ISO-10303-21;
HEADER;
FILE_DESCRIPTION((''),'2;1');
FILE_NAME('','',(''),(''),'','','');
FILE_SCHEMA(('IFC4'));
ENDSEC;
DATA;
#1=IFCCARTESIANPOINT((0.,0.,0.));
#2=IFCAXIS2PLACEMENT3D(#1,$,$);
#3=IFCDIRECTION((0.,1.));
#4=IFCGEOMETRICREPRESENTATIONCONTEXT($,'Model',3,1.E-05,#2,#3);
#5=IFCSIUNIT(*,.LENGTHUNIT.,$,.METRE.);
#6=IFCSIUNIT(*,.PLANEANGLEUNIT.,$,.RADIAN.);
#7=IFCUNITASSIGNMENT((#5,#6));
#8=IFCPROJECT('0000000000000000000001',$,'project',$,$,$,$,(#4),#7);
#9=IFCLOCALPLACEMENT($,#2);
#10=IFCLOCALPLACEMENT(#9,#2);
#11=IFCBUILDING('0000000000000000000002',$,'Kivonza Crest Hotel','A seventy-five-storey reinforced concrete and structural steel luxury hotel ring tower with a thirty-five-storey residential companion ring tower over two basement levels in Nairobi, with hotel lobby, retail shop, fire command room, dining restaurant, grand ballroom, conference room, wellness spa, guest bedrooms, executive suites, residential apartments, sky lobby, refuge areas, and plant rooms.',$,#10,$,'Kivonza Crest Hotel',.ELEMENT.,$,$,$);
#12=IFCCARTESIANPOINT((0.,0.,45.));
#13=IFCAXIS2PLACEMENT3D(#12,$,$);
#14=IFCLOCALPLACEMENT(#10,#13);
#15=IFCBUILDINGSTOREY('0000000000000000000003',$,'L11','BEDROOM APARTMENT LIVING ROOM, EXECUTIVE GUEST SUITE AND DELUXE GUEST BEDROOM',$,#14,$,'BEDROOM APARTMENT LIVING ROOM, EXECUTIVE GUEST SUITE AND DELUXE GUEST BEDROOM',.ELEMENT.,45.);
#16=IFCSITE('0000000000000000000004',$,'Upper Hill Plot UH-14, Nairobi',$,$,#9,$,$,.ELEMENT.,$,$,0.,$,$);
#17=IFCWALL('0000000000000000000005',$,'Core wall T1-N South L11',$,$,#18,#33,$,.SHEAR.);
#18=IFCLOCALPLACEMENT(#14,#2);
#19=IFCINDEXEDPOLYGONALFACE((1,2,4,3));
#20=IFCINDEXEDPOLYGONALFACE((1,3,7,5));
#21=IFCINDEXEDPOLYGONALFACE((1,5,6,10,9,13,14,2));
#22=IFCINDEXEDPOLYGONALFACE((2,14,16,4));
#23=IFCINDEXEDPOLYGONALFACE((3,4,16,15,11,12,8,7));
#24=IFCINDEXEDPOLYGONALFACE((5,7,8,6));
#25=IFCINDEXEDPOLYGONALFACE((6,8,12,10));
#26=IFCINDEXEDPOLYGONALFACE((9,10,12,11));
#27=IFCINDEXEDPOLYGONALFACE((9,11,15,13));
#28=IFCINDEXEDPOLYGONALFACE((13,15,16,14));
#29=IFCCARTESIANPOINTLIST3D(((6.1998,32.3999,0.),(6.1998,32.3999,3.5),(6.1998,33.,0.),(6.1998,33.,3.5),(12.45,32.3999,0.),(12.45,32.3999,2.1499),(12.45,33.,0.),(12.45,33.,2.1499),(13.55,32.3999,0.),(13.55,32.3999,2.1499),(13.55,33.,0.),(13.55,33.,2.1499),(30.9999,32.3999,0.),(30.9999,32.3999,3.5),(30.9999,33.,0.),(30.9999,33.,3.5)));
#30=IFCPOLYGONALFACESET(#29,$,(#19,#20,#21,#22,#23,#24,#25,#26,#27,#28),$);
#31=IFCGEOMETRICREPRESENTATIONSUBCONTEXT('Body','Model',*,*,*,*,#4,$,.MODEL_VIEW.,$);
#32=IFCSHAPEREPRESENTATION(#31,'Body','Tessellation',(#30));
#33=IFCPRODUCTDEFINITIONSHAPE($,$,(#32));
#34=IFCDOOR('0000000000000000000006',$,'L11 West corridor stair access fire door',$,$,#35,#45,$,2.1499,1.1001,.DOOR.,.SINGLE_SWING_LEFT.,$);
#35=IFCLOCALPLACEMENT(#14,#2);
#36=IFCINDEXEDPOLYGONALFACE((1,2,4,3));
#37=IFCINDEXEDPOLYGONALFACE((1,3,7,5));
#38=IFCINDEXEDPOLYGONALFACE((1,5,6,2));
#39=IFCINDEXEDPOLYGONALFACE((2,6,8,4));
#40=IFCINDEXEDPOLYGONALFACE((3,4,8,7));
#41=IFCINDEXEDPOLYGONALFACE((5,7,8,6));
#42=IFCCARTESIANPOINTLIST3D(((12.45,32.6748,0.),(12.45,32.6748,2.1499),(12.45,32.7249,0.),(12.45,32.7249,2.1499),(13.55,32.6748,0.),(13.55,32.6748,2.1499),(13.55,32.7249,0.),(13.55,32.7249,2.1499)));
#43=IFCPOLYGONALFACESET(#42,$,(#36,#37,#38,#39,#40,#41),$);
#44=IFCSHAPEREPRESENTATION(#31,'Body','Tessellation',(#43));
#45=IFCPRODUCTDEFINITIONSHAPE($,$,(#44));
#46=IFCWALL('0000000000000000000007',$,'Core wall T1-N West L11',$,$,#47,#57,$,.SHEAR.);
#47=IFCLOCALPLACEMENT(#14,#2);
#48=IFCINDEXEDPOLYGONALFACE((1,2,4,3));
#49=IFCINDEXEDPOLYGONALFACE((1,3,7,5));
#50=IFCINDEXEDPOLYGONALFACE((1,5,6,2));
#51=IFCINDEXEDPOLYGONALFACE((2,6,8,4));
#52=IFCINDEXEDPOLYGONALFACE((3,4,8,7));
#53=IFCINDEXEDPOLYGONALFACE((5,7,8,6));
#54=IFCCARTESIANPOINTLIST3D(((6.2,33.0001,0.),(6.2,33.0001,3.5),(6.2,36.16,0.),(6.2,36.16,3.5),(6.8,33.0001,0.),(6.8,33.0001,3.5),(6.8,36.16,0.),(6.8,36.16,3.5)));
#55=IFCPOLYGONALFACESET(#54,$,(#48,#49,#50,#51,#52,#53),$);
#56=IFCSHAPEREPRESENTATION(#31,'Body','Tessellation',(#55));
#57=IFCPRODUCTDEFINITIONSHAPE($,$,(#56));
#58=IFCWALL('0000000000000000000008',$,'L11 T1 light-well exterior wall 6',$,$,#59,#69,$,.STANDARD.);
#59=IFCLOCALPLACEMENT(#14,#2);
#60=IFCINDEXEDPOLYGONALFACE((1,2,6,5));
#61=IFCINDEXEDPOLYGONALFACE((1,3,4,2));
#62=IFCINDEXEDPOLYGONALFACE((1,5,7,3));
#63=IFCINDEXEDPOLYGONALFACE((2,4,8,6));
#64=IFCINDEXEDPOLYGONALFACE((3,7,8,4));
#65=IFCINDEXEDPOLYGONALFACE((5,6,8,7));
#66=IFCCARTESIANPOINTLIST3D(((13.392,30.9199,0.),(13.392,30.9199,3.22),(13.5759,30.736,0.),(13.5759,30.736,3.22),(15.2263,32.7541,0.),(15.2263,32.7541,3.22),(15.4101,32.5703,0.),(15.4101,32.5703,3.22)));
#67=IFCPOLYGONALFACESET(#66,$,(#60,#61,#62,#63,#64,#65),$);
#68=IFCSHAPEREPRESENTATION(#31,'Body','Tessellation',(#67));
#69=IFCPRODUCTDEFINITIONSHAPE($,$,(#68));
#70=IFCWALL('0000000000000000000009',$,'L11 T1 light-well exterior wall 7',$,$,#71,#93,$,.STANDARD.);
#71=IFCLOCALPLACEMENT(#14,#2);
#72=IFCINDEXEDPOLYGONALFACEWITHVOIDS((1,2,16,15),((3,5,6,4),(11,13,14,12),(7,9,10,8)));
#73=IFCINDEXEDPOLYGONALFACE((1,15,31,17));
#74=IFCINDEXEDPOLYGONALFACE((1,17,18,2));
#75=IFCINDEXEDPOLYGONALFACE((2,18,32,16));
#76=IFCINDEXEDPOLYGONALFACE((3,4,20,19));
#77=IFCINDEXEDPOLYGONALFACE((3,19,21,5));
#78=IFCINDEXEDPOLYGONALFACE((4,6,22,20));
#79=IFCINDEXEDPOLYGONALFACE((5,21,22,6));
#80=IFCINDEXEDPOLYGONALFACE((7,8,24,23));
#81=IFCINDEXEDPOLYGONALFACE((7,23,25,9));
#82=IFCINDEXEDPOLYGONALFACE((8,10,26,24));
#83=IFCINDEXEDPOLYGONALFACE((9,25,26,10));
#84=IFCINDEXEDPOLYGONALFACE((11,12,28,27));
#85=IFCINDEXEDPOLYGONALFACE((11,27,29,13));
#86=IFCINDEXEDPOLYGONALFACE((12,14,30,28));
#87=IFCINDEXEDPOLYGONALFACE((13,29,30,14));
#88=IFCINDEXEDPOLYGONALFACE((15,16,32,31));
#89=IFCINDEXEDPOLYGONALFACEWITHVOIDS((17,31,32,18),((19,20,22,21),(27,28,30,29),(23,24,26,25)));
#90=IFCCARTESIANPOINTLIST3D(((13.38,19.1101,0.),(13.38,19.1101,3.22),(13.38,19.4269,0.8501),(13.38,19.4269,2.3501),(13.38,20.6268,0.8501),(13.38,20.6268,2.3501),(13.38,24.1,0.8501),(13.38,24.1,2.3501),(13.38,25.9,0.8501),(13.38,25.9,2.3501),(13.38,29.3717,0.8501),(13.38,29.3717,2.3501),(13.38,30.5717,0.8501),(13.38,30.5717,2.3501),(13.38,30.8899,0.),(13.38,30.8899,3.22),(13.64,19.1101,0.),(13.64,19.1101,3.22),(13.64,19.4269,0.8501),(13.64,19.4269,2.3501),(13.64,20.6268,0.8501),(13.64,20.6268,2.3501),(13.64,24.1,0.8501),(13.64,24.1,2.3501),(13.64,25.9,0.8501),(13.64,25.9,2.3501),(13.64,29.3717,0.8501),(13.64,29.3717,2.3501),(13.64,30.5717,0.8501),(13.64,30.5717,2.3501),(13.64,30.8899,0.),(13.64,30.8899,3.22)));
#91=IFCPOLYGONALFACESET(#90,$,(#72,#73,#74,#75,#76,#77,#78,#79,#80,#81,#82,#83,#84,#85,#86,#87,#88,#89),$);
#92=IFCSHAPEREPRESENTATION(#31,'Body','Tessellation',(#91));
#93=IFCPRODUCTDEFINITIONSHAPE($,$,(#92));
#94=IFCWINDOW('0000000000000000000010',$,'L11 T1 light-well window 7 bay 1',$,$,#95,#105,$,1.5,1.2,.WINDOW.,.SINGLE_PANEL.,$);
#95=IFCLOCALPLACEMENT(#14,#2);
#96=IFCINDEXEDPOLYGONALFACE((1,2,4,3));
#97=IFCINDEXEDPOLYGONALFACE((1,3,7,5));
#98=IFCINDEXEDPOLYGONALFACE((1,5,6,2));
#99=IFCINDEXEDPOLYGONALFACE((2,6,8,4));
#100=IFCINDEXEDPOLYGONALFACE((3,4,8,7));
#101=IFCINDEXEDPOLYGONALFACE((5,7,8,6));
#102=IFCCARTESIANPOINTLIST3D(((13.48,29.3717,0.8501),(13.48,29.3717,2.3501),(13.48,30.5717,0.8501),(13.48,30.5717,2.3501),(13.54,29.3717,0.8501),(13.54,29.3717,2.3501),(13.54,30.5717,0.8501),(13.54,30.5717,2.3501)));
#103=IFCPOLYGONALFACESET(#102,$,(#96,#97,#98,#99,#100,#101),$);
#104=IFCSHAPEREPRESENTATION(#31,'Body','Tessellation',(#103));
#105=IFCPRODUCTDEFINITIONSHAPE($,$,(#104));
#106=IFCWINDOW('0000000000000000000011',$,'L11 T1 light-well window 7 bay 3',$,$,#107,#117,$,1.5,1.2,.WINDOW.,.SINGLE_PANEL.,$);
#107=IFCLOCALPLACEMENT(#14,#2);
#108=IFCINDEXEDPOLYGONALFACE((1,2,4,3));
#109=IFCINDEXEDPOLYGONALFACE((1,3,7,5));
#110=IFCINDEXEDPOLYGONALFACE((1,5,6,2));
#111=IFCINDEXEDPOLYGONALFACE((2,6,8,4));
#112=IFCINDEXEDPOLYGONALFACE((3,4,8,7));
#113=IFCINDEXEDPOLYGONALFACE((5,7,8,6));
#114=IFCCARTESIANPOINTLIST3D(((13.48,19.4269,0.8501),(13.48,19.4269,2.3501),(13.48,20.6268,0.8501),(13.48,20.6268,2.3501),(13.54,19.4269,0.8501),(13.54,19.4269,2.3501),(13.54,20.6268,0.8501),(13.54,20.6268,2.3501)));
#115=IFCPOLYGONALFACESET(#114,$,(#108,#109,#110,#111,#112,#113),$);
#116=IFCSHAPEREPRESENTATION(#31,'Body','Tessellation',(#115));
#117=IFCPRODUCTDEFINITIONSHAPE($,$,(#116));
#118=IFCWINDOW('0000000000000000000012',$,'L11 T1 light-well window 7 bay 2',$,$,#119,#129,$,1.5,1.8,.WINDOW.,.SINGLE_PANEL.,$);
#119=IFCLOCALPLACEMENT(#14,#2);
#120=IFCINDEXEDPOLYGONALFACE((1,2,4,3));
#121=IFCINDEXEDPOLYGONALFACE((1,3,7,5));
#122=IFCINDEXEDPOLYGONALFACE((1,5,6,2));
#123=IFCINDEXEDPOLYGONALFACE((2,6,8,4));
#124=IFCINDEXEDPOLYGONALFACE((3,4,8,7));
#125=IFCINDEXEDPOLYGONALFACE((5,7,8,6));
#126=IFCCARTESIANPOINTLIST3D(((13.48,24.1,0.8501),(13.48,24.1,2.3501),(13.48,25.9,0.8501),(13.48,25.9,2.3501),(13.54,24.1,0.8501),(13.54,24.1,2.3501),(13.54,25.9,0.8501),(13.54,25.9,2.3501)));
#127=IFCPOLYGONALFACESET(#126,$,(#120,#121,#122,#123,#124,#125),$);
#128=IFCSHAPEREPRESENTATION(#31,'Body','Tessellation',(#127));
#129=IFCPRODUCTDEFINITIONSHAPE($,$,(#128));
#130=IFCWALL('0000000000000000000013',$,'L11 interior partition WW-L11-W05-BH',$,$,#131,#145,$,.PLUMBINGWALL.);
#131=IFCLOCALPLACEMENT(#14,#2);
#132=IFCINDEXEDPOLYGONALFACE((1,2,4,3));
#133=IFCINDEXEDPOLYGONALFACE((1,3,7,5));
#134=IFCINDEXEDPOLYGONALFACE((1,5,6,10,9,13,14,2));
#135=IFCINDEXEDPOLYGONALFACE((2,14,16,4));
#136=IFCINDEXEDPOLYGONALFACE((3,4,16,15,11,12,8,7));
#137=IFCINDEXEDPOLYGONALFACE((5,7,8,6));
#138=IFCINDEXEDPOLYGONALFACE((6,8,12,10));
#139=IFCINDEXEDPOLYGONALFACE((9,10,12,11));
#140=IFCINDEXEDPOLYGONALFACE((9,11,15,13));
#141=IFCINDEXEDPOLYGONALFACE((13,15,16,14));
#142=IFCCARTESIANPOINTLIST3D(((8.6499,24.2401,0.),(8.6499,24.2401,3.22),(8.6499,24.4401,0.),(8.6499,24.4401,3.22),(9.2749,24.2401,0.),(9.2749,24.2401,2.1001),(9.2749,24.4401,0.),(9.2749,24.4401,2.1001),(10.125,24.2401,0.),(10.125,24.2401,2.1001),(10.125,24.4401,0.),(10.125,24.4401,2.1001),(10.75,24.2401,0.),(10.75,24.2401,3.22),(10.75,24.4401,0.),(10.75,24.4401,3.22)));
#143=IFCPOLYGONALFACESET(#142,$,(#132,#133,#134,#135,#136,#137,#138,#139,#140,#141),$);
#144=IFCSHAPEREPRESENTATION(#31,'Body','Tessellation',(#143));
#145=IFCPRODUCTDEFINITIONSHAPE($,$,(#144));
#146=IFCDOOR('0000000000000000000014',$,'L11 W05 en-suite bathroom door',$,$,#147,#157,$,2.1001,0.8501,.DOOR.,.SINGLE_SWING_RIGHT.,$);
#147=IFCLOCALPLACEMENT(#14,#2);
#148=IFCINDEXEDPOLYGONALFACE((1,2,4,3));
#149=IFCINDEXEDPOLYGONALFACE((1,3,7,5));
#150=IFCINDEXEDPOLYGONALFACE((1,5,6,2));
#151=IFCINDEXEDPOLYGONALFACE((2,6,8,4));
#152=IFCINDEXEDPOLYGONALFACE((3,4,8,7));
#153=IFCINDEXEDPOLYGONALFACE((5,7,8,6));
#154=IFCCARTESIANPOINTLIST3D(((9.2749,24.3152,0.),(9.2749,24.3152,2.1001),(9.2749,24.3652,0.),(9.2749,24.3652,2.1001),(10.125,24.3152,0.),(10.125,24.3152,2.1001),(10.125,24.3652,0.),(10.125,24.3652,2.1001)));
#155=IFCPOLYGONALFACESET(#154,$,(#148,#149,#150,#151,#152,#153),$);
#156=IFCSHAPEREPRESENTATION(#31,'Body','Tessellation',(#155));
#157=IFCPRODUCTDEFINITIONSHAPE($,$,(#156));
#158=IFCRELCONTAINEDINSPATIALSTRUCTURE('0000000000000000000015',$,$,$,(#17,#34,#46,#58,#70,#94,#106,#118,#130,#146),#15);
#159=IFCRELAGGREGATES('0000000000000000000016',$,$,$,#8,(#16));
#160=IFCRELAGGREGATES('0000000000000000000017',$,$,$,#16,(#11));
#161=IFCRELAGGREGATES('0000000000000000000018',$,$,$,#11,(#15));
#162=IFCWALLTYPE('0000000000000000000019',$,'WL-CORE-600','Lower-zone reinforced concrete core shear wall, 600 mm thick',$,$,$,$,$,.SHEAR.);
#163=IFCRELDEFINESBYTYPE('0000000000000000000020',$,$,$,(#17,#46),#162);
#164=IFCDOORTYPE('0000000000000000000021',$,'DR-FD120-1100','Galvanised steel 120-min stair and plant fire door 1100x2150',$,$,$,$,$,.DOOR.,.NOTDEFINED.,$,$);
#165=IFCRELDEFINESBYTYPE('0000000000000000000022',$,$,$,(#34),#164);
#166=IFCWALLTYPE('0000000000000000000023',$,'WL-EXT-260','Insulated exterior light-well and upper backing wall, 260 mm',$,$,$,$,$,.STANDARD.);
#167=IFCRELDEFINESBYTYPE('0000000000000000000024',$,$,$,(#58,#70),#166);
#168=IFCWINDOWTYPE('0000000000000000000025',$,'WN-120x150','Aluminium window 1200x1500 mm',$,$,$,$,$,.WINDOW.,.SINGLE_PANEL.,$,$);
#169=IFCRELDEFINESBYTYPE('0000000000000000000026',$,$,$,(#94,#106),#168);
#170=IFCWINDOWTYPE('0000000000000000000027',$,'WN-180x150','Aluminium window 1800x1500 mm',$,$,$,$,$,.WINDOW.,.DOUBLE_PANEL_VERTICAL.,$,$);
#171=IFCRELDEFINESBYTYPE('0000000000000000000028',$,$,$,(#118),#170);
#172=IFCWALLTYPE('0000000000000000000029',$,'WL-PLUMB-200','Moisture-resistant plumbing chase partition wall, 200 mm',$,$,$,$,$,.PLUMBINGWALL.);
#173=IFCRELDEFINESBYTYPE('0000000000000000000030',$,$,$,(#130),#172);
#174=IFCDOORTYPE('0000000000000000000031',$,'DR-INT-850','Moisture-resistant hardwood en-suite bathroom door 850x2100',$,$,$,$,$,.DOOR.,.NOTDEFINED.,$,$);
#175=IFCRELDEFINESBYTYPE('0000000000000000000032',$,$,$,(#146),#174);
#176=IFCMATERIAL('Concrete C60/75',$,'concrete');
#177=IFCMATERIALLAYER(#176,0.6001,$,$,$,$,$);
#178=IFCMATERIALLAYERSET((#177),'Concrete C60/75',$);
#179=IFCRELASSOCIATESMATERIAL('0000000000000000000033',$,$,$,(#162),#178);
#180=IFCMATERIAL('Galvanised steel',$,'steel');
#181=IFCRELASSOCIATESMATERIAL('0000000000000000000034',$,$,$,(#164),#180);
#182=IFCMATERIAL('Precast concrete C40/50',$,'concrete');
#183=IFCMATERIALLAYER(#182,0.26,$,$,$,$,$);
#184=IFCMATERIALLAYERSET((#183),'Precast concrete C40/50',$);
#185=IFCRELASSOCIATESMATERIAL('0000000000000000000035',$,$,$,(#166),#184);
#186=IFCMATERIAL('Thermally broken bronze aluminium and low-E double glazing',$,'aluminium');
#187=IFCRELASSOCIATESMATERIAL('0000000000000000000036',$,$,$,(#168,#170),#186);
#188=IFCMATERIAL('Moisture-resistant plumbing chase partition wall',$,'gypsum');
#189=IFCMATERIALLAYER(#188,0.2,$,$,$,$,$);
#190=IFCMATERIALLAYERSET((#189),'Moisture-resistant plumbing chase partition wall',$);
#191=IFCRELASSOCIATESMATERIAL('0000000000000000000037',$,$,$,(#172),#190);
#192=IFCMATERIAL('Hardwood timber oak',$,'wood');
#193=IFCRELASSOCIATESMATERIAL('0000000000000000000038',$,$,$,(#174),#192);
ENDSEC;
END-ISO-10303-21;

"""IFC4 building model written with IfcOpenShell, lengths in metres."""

from ifc_helpers import new_model, si_unit, direction, frame, frame_2d, origin, place, context, subcontext, project, spatial, rectangle, extrude, material, layer, layer_set, type_object, element, fill, save


model = new_model("IFC4")

# Units and contexts
model_context = context("Model", 3, precision=1e-05, world=origin(), true_north=direction((0.0, 1.0)))
body_context = subcontext(model_context, "Body", "Model", "MODEL_VIEW")
ifc_project = project(units=[si_unit("LENGTHUNIT", "METRE"), si_unit("PLANEANGLEUNIT", "RADIAN")], contexts=[model_context])

# Site, building, storey
site_placement = place(None, origin())
site = spatial("IfcSite", under=ifc_project, at=site_placement, Name="Upper Hill Plot UH-14, Nairobi", CompositionType="ELEMENT", RefElevation=0.0)
building_placement = place(site_placement, origin())
building = spatial("IfcBuilding", under=site, at=building_placement, Name="Kivonza Crest Hotel", Description="A seventy-five-storey reinforced concrete and structural steel luxury hotel ring tower with a thirty-five-storey residential companion ring tower over two basement levels in Nairobi, with hotel lobby, retail shop, fire command room, dining restaurant, grand ballroom, conference room, wellness spa, guest bedrooms, executive suites, residential apartments, sky lobby, refuge areas, and plant rooms.", LongName="Kivonza Crest Hotel", CompositionType="ELEMENT")
storey_placement = place(building_placement, frame((0.0, 0.0, 45.0)))
storey = spatial("IfcBuildingStorey", under=building, at=storey_placement, Name="L11", Description="BEDROOM APARTMENT LIVING ROOM, EXECUTIVE GUEST SUITE AND DELUXE GUEST BEDROOM", LongName="BEDROOM APARTMENT LIVING ROOM, EXECUTIVE GUEST SUITE AND DELUXE GUEST BEDROOM", CompositionType="ELEMENT", Elevation=45.0)

# Shared definitions
ifc_material_1 = material(Name="Concrete C60/75", Category="concrete")

# Wall, opening, door
ifc_material_2 = material(Name="Hardwood timber oak", Category="wood")
ifc_layer_1 = layer(ifc_material_1, 0.6001)
ifc_layer_set_1 = layer_set([ifc_layer_1], Name="Concrete C60/75")
wall_type_1 = type_object("IfcWallType", Name="WL-CORE-600", Description="Lower-zone reinforced concrete core shear wall, 600 mm thick", PredefinedType="SHEAR", material=ifc_layer_set_1)
wall_1_placement = place(storey_placement, frame((6.2, 32.7, 0.0), z_axis=(0.0, 0.0, 1.0), x_axis=(1.0, 0.0, 0.0)))
wall_1 = element("IfcWall", 1, at=wall_1_placement, inside=storey, type_object=wall_type_1, Name="Core wall T1-N South L11", PredefinedType="SHEAR", context=body_context, shape_type="SweptSolid", body=[
    extrude(rectangle(XDim=24.8, YDim=0.6001, at=frame_2d((12.3999, 0.0))), origin(), (0.0, 0.0, 1.0), 3.5),
])
opening_1_placement = place(wall_1_placement, frame((6.25, 0.0, 0.0)))
opening_1 = element("IfcOpeningElement", 2, at=opening_1_placement, cuts=wall_1, PredefinedType="OPENING", context=body_context, shape_type="SweptSolid", body=[
    extrude(rectangle(XDim=1.1001, YDim=2.1499, at=frame_2d((0.55, 1.075))), frame((0.0, 0.3101, 0.0), z_axis=(0.0, -1.0, 0.0), x_axis=(1.0, 0.0, 0.0)), (0.0, 0.0, 1.0), 0.6201),
])
ifc_material_3 = material(Name="Galvanised steel", Category="steel")
door_type_1 = type_object("IfcDoorType", Name="DR-FD120-1100", Description="Galvanised steel 120-min stair and plant fire door 1100x2150", OperationType="NOTDEFINED", PredefinedType="DOOR", material=ifc_material_3)
door_1_placement = place(opening_1_placement, origin())
door_1 = element("IfcDoor", 3, at=door_1_placement, inside=storey, type_object=door_type_1, Name="L11 West corridor stair access fire door", OperationType="SINGLE_SWING_LEFT", OverallHeight=2.1499, OverallWidth=1.1001, PredefinedType="DOOR", context=body_context, shape_type="SweptSolid", body=[
    extrude(rectangle(XDim=1.1001, YDim=2.1499, at=frame_2d((0.55, 1.075))), frame((0.0, 0.0249, 0.0), z_axis=(0.0, -1.0, 0.0), x_axis=(1.0, 0.0, 0.0)), (0.0, 0.0, 1.0), 0.05),
])
fill(opening_1, door_1)

# Walls
wall_2_placement = place(storey_placement, frame((6.5, 33.0, 0.0), z_axis=(0.0, 0.0, 1.0), x_axis=(0.0, 1.0, 0.0)))
element("IfcWall", 4, at=wall_2_placement, inside=storey, type_object=wall_type_1, Name="Core wall T1-N West L11", PredefinedType="SHEAR", context=body_context, shape_type="SweptSolid", body=[
    extrude(rectangle(XDim=3.1599, YDim=0.6001, at=frame_2d((1.5801, 0.0))), origin(), (0.0, 0.0, 1.0), 3.5),
])
ifc_material_4 = material(Name="Precast concrete C40/50", Category="concrete")
ifc_layer_2 = layer(ifc_material_4, 0.26)
ifc_layer_set_2 = layer_set([ifc_layer_2], Name="Precast concrete C40/50")
wall_type_2 = type_object("IfcWallType", Name="WL-EXT-260", Description="Insulated exterior light-well and upper backing wall, 260 mm", PredefinedType="STANDARD", material=ifc_layer_set_2)
wall_3_placement = place(storey_placement, frame((15.3181, 32.6621, 0.0), z_axis=(0.0, 0.0, 1.0), x_axis=(-0.707107, -0.707107, 0.0)))
element("IfcWall", 5, at=wall_3_placement, inside=storey, type_object=wall_type_2, Name="L11 T1 light-well exterior wall 6", PredefinedType="STANDARD", context=body_context, shape_type="SweptSolid", body=[
    extrude(rectangle(XDim=2.594, YDim=0.26, at=frame_2d((1.2969, 0.0))), origin(), (0.0, 0.0, 1.0), 3.22),
])

# Wall, openings, windows
wall_4_placement = place(storey_placement, frame((13.51, 30.8899, 0.0), z_axis=(0.0, 0.0, 1.0), x_axis=(0.0, -1.0, 0.0)))
wall_4 = element("IfcWall", 6, at=wall_4_placement, inside=storey, type_object=wall_type_2, Name="L11 T1 light-well exterior wall 7", PredefinedType="STANDARD", context=body_context, shape_type="SweptSolid", body=[
    extrude(rectangle(XDim=11.7798, YDim=0.26, at=frame_2d((5.8899, 0.0))), origin(), (0.0, 0.0, 1.0), 3.22),
])
opening_2_placement = place(wall_4_placement, frame((0.3181, 0.0, 0.8501)))
opening_2 = element("IfcOpeningElement", 7, at=opening_2_placement, cuts=wall_4, PredefinedType="OPENING", context=body_context, shape_type="SweptSolid", body=[
    extrude(rectangle(XDim=1.2, YDim=1.5, at=frame_2d((0.6001, 0.75))), frame((0.0, 0.1401, 0.0), z_axis=(0.0, -1.0, 0.0), x_axis=(1.0, 0.0, 0.0)), (0.0, 0.0, 1.0), 0.28),
])
opening_3_placement = place(wall_4_placement, frame((4.99, 0.0, 0.8501)))
opening_3 = element("IfcOpeningElement", 8, at=opening_3_placement, cuts=wall_4, PredefinedType="OPENING", context=body_context, shape_type="SweptSolid", body=[
    extrude(rectangle(XDim=1.8, YDim=1.5, at=frame_2d((0.8999, 0.75))), frame((0.0, 0.1401, 0.0), z_axis=(0.0, -1.0, 0.0), x_axis=(1.0, 0.0, 0.0)), (0.0, 0.0, 1.0), 0.28),
])
opening_4_placement = place(wall_4_placement, frame((10.2629, 0.0, 0.8501)))
opening_4 = element("IfcOpeningElement", 9, at=opening_4_placement, cuts=wall_4, PredefinedType="OPENING", context=body_context, shape_type="SweptSolid", body=[
    extrude(rectangle(XDim=1.2, YDim=1.5, at=frame_2d((0.6001, 0.75))), frame((0.0, 0.1401, 0.0), z_axis=(0.0, -1.0, 0.0), x_axis=(1.0, 0.0, 0.0)), (0.0, 0.0, 1.0), 0.28),
])
ifc_material_5 = material(Name="Thermally broken bronze aluminium and low-E double glazing", Category="aluminium")
window_type_1 = type_object("IfcWindowType", Name="WN-120x150", Description="Aluminium window 1200x1500 mm", PartitioningType="SINGLE_PANEL", PredefinedType="WINDOW", material=ifc_material_5)
window_1_placement = place(opening_2_placement, origin())
window_1 = element("IfcWindow", 10, at=window_1_placement, inside=storey, type_object=window_type_1, Name="L11 T1 light-well window 7 bay 1", OverallHeight=1.5, OverallWidth=1.2, PartitioningType="SINGLE_PANEL", PredefinedType="WINDOW", context=body_context, shape_type="SweptSolid", body=[
    extrude(rectangle(XDim=1.2, YDim=1.5, at=frame_2d((0.6001, 0.75))), frame((0.0, 0.03, 0.0), z_axis=(0.0, -1.0, 0.0), x_axis=(1.0, 0.0, 0.0)), (0.0, 0.0, 1.0), 0.0601),
])
fill(opening_2, window_1)
window_2_placement = place(opening_4_placement, origin())
window_2 = element("IfcWindow", 11, at=window_2_placement, inside=storey, type_object=window_type_1, Name="L11 T1 light-well window 7 bay 3", OverallHeight=1.5, OverallWidth=1.2, PartitioningType="SINGLE_PANEL", PredefinedType="WINDOW", context=body_context, shape_type="SweptSolid", body=[
    extrude(rectangle(XDim=1.2, YDim=1.5, at=frame_2d((0.6001, 0.75))), frame((0.0, 0.03, 0.0), z_axis=(0.0, -1.0, 0.0), x_axis=(1.0, 0.0, 0.0)), (0.0, 0.0, 1.0), 0.0601),
])
fill(opening_4, window_2)
window_type_2 = type_object("IfcWindowType", Name="WN-180x150", Description="Aluminium window 1800x1500 mm", PartitioningType="DOUBLE_PANEL_VERTICAL", PredefinedType="WINDOW", material=ifc_material_5)
window_3_placement = place(opening_3_placement, origin())
window_3 = element("IfcWindow", 12, at=window_3_placement, inside=storey, type_object=window_type_2, Name="L11 T1 light-well window 7 bay 2", OverallHeight=1.5, OverallWidth=1.8, PartitioningType="SINGLE_PANEL", PredefinedType="WINDOW", context=body_context, shape_type="SweptSolid", body=[
    extrude(rectangle(XDim=1.8, YDim=1.5, at=frame_2d((0.8999, 0.75))), frame((0.0, 0.03, 0.0), z_axis=(0.0, -1.0, 0.0), x_axis=(1.0, 0.0, 0.0)), (0.0, 0.0, 1.0), 0.0601),
])
fill(opening_3, window_3)

# Wall, opening, door
ifc_material_6 = material(Name="Moisture-resistant plumbing chase partition wall", Category="gypsum")
ifc_layer_3 = layer(ifc_material_6, 0.2)
ifc_layer_set_3 = layer_set([ifc_layer_3], Name="Moisture-resistant plumbing chase partition wall")
wall_type_3 = type_object("IfcWallType", Name="WL-PLUMB-200", Description="Moisture-resistant plumbing chase partition wall, 200 mm", PredefinedType="PLUMBINGWALL", material=ifc_layer_set_3)
wall_5_placement = place(storey_placement, frame((8.6499, 24.3401, 0.0), z_axis=(0.0, 0.0, 1.0), x_axis=(1.0, 0.0, 0.0)))
wall_5 = element("IfcWall", 13, at=wall_5_placement, inside=storey, type_object=wall_type_3, Name="L11 interior partition WW-L11-W05-BH", PredefinedType="PLUMBINGWALL", context=body_context, shape_type="SweptSolid", body=[
    extrude(rectangle(XDim=2.1001, YDim=0.2, at=frame_2d((1.05, 0.0))), origin(), (0.0, 0.0, 1.0), 3.22),
])
opening_5_placement = place(wall_5_placement, frame((0.625, 0.0, 0.0)))
opening_5 = element("IfcOpeningElement", 14, at=opening_5_placement, cuts=wall_5, PredefinedType="OPENING", context=body_context, shape_type="SweptSolid", body=[
    extrude(rectangle(XDim=0.8501, YDim=2.1001, at=frame_2d((0.425, 1.05))), frame((0.0, 0.1099, 0.0), z_axis=(0.0, -1.0, 0.0), x_axis=(1.0, 0.0, 0.0)), (0.0, 0.0, 1.0), 0.22),
])
door_type_2 = type_object("IfcDoorType", Name="DR-INT-850", Description="Moisture-resistant hardwood en-suite bathroom door 850x2100", OperationType="NOTDEFINED", PredefinedType="DOOR", material=ifc_material_2)
door_2_placement = place(opening_5_placement, frame((0.8501, 0.0, 0.0), z_axis=(0.0, 0.0, 1.0), x_axis=(-1.0, 0.0, 0.0)))
door_2 = element("IfcDoor", 15, at=door_2_placement, inside=storey, type_object=door_type_2, Name="L11 W05 en-suite bathroom door", OperationType="SINGLE_SWING_RIGHT", OverallHeight=2.1001, OverallWidth=0.8501, PredefinedType="DOOR", context=body_context, shape_type="SweptSolid", body=[
    extrude(rectangle(XDim=0.8501, YDim=2.1001, at=frame_2d((0.425, 1.05))), frame((0.0, 0.0249, 0.0), z_axis=(0.0, -1.0, 0.0), x_axis=(1.0, 0.0, 0.0)), (0.0, 0.0, 1.0), 0.05),
])
fill(opening_5, door_2)

save(model, "model.ifc")
